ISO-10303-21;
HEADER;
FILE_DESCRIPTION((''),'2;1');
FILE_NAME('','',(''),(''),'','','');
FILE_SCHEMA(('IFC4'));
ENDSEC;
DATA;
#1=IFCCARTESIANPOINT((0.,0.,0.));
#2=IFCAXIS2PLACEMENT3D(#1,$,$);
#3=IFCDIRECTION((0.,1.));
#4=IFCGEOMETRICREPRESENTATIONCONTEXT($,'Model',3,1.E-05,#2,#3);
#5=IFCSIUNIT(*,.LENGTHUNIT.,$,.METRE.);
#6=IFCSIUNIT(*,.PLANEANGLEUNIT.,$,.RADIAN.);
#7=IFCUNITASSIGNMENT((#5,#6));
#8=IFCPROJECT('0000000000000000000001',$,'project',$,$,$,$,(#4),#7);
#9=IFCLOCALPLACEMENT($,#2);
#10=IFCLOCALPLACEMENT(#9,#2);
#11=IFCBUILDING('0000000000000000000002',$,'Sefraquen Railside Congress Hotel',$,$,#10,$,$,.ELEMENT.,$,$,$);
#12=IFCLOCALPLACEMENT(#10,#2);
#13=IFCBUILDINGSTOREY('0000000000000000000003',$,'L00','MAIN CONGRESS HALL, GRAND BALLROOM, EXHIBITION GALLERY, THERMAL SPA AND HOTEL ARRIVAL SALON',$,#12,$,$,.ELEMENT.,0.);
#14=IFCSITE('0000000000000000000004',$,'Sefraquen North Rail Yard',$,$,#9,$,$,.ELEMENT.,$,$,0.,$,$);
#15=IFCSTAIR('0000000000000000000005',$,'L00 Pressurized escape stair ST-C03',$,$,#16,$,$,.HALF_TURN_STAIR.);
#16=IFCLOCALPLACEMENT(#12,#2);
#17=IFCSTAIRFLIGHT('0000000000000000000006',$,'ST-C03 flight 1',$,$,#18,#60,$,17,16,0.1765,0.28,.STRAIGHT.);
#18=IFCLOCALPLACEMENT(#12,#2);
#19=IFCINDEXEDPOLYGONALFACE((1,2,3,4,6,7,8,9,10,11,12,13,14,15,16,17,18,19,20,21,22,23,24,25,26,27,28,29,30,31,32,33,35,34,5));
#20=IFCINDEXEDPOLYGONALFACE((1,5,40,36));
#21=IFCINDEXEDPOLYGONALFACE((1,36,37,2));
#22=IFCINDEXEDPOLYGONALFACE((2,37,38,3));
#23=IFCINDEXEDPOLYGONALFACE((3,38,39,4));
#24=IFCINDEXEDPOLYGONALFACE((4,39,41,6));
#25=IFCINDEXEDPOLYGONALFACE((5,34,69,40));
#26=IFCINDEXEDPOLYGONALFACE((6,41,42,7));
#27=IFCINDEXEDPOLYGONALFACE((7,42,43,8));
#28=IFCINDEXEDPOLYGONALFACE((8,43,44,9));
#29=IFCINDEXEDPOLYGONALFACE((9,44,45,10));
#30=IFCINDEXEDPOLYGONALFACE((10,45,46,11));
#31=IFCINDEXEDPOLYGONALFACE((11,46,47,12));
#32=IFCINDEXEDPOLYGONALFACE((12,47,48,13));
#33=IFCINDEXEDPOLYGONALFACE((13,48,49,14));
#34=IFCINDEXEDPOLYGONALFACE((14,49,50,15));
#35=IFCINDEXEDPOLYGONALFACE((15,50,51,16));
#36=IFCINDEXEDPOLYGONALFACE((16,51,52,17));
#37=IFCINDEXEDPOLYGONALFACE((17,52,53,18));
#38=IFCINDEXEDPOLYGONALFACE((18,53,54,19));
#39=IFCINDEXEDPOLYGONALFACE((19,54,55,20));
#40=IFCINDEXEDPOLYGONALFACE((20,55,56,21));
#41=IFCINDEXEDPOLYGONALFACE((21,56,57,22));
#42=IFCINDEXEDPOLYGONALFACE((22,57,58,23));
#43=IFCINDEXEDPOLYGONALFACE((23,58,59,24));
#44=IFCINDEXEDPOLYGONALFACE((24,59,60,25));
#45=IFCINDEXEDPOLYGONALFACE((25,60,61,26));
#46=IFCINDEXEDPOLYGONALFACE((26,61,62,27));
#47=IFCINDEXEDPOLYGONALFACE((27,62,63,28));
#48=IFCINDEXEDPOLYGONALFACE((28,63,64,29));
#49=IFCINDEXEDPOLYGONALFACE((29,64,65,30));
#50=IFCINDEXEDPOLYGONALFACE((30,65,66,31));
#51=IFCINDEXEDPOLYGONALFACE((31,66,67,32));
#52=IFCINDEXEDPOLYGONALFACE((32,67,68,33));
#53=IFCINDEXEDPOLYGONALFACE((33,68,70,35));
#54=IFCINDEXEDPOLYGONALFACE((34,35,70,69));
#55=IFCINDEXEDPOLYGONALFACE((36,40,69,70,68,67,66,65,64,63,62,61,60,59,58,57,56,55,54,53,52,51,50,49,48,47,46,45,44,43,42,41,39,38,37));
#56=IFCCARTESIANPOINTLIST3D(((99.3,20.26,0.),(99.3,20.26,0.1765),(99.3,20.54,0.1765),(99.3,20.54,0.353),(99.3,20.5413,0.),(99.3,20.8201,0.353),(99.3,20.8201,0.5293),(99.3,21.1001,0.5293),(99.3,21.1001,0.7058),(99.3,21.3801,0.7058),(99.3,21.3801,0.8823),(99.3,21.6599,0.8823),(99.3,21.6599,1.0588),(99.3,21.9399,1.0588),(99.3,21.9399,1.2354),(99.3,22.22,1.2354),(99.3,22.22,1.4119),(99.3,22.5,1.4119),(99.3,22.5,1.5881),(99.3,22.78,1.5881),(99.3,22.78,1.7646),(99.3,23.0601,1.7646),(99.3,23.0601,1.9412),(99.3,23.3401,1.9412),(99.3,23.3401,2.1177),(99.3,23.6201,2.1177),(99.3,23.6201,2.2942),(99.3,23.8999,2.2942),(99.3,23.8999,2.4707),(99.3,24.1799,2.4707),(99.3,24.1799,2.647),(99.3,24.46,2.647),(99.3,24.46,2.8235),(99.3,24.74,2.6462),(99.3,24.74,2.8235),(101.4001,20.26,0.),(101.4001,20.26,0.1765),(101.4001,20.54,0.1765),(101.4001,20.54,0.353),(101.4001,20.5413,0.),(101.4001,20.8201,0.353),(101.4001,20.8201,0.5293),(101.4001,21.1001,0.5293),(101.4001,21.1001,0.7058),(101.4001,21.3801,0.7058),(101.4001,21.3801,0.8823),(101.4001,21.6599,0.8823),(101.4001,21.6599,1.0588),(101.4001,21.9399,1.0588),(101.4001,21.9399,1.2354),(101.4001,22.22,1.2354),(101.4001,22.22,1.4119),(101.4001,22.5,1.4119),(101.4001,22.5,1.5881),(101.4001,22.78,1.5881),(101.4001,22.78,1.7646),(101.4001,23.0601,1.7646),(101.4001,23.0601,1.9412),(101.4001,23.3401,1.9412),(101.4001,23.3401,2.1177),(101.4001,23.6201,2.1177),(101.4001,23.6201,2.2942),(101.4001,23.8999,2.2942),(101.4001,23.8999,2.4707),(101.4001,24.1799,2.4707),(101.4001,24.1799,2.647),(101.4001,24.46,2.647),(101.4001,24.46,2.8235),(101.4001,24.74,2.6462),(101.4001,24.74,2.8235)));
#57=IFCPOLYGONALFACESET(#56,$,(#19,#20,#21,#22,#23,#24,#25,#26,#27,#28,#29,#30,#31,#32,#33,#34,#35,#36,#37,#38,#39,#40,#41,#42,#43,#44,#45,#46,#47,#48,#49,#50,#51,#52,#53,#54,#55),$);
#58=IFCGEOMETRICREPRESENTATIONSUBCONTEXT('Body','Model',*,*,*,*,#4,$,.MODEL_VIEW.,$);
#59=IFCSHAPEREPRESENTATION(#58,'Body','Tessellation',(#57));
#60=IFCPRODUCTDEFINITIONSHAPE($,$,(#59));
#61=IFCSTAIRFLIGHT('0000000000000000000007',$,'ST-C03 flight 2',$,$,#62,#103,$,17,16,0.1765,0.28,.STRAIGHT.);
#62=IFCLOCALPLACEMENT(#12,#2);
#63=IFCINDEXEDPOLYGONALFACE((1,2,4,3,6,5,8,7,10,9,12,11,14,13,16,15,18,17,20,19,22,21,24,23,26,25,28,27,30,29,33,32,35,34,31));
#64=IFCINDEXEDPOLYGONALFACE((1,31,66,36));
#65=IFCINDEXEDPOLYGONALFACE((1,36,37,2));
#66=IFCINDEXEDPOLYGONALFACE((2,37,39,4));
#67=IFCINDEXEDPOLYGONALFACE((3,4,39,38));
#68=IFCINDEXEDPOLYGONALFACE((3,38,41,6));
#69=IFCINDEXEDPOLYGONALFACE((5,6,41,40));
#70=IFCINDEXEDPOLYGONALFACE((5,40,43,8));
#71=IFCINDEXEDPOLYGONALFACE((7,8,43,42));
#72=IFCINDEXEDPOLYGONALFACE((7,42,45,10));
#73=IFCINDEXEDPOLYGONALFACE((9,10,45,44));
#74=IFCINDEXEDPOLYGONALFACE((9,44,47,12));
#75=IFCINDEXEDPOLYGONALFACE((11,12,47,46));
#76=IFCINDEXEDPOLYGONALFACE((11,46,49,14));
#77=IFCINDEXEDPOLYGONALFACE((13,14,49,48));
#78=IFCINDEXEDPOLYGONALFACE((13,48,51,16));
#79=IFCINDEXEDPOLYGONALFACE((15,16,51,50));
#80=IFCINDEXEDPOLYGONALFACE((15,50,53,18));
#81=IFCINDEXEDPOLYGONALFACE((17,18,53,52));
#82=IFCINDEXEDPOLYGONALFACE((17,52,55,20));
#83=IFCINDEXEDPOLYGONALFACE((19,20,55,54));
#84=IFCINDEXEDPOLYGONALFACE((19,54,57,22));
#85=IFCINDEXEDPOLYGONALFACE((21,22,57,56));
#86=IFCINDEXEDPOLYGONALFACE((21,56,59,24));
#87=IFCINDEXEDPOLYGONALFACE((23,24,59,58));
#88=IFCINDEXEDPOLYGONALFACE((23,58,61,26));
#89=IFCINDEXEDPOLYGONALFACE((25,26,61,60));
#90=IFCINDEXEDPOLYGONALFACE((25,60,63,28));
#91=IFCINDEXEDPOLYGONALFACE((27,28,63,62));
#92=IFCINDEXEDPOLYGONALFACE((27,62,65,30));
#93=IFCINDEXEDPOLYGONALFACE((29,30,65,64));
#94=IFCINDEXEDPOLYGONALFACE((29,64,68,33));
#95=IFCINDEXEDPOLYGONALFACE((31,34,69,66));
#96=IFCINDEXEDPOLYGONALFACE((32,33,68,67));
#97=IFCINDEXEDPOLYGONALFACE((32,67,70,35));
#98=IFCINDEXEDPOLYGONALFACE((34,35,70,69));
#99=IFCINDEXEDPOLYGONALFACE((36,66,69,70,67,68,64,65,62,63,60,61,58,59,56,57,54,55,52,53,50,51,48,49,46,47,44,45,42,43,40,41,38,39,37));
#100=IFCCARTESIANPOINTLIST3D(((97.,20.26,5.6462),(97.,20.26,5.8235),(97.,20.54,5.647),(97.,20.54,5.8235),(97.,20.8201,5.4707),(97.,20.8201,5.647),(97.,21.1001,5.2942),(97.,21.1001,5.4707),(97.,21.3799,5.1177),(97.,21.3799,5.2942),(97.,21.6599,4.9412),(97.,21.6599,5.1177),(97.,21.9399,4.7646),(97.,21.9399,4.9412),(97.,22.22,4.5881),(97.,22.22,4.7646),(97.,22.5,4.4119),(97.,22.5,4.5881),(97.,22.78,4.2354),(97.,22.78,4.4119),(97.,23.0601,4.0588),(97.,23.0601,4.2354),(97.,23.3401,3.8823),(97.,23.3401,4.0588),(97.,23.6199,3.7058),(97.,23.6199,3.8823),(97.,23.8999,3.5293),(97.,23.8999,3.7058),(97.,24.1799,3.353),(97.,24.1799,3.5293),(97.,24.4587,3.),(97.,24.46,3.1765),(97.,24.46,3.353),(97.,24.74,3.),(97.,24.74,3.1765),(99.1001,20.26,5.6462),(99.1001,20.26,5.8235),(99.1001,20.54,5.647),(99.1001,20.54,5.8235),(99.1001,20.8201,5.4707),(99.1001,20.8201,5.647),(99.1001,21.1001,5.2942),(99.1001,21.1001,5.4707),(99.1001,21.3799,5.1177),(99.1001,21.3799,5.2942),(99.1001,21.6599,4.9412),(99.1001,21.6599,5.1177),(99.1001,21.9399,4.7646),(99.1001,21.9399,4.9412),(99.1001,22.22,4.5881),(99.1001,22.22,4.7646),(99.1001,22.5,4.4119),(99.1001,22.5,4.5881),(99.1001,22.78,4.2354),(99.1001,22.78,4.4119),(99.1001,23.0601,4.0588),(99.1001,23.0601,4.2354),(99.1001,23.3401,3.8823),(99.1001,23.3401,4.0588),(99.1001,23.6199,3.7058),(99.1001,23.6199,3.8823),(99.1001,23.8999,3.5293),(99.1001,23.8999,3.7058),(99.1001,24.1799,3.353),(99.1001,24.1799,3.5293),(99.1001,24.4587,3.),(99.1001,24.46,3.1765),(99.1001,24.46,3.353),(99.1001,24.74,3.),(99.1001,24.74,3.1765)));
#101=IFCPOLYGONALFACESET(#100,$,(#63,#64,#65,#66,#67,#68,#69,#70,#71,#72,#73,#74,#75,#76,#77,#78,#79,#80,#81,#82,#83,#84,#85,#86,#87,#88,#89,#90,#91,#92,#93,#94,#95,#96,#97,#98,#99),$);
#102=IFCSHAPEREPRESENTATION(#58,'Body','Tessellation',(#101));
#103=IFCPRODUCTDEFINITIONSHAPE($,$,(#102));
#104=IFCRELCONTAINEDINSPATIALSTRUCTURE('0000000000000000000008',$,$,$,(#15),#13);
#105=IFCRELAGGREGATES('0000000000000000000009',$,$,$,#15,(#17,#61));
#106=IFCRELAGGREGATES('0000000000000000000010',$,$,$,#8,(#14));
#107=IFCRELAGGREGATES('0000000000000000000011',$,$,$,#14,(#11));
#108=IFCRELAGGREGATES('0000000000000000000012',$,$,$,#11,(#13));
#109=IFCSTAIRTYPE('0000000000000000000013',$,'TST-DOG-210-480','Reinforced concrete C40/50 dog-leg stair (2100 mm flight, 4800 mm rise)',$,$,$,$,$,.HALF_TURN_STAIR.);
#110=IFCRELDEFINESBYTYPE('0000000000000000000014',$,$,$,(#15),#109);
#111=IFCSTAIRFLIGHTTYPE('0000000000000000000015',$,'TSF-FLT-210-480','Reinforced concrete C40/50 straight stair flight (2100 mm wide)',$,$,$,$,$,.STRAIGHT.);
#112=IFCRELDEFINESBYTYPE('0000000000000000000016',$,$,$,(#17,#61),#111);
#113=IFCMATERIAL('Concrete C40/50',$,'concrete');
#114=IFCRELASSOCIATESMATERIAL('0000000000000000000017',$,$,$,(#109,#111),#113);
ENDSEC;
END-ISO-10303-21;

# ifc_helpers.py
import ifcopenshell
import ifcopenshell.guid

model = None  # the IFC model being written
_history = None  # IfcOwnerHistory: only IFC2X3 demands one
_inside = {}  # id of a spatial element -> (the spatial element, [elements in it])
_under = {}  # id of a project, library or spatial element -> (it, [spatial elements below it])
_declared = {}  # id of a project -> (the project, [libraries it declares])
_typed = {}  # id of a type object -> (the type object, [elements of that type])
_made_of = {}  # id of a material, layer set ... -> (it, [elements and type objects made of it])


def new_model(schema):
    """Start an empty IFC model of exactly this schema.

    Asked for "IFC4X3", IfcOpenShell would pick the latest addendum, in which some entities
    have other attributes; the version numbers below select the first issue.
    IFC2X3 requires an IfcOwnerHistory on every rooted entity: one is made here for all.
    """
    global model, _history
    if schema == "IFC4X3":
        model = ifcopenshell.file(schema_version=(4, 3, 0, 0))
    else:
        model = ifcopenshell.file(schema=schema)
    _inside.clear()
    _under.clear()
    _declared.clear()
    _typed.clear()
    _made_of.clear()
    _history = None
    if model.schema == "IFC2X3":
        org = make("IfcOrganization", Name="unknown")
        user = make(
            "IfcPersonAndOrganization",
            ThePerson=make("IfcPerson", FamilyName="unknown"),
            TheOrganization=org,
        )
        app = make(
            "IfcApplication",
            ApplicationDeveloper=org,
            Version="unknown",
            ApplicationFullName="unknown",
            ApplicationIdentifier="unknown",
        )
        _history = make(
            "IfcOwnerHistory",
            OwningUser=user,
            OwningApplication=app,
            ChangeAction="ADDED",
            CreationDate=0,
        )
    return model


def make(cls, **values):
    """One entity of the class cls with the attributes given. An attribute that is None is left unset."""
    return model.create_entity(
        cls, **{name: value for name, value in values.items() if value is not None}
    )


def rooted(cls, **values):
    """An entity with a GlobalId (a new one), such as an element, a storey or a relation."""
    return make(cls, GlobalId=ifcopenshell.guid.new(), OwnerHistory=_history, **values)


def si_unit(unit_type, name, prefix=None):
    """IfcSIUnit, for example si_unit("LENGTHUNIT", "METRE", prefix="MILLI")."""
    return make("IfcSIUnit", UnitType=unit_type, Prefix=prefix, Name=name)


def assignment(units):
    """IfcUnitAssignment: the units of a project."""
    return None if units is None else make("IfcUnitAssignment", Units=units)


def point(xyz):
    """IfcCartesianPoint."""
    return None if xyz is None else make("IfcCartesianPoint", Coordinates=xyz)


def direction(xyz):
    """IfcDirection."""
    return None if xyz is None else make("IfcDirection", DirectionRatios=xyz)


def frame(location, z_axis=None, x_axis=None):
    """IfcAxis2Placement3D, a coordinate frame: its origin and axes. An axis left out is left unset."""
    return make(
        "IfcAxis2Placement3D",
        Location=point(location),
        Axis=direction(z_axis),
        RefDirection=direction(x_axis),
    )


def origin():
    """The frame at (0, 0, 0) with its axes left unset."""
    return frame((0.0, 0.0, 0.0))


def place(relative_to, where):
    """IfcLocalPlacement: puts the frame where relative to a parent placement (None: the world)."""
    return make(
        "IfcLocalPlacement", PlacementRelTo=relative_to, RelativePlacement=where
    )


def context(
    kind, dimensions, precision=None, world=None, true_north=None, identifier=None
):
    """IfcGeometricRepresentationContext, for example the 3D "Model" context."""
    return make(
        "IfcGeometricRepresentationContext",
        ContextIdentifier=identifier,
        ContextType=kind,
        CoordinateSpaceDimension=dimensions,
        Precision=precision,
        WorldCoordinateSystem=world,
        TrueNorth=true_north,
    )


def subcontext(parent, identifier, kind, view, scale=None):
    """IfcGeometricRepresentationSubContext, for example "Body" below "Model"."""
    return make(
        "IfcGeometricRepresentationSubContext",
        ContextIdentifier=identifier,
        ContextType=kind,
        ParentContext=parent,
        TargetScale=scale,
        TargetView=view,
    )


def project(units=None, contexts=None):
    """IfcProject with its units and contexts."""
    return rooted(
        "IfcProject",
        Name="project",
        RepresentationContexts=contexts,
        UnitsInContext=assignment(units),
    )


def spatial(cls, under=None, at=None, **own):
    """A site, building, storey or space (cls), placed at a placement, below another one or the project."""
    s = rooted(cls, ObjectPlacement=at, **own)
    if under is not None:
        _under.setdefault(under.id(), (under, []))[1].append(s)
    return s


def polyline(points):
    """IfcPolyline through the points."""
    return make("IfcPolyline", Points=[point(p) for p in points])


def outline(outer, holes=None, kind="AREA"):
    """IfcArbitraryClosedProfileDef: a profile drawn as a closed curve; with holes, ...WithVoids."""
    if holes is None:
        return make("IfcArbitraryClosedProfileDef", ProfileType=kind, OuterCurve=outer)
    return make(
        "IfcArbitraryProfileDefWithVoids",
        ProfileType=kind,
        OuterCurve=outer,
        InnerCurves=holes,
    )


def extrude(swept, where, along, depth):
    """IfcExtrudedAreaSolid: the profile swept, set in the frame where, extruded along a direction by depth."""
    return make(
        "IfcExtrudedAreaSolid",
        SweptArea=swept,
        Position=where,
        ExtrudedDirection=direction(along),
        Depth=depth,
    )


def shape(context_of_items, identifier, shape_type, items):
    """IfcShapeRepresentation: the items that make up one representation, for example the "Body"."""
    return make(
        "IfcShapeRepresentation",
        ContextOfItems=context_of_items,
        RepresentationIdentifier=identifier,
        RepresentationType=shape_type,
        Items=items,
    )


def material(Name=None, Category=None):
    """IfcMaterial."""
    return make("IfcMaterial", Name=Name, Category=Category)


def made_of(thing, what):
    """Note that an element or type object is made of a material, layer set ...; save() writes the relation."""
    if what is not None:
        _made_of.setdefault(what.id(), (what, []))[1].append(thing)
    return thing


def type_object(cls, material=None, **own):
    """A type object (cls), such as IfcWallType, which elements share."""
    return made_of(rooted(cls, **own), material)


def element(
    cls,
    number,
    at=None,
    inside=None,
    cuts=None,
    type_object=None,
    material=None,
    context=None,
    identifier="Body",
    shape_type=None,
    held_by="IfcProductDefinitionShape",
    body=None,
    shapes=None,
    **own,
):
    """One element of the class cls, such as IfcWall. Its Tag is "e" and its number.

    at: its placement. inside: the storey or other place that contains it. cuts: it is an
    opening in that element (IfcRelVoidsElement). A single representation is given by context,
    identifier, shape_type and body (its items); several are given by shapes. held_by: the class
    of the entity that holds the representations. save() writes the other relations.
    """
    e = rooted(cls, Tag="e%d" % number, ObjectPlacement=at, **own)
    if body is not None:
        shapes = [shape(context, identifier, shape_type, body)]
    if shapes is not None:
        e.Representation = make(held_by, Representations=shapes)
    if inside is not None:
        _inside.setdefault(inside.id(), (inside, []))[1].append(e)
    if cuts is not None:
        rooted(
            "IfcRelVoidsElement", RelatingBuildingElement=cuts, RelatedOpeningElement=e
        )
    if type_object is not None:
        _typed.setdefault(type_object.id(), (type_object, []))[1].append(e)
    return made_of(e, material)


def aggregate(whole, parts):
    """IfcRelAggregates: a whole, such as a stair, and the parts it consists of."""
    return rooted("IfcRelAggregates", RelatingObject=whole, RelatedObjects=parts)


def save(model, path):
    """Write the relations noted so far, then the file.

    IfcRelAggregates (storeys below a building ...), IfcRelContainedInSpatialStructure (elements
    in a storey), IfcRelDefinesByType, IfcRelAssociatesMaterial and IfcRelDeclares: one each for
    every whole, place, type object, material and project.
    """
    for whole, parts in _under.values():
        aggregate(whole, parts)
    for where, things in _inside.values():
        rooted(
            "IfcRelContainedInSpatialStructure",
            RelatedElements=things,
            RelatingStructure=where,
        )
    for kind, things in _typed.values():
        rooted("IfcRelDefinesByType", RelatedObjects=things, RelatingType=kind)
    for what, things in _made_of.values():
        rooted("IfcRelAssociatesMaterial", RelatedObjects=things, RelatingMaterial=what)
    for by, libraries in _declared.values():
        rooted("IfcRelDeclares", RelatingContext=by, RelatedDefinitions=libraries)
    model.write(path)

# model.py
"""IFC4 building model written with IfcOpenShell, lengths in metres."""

from ifc_helpers import new_model, si_unit, direction, frame, origin, place, context, subcontext, project, spatial, polyline, outline, extrude, material, type_object, element, aggregate, save


model = new_model("IFC4")

# Units and contexts
model_context = context("Model", 3, precision=1e-05, world=origin(), true_north=direction((0.0, 1.0)))
body_context = subcontext(model_context, "Body", "Model", "MODEL_VIEW")
ifc_project = project(units=[si_unit("LENGTHUNIT", "METRE"), si_unit("PLANEANGLEUNIT", "RADIAN")], contexts=[model_context])

# Site, building, storey
site_placement = place(None, origin())
site = spatial("IfcSite", under=ifc_project, at=site_placement, Name="Sefraquen North Rail Yard", CompositionType="ELEMENT", RefElevation=0.0)
building_placement = place(site_placement, origin())
building = spatial("IfcBuilding", under=site, at=building_placement, Name="Sefraquen Railside Congress Hotel", CompositionType="ELEMENT")
storey_placement = place(building_placement, origin())
storey = spatial("IfcBuildingStorey", under=building, at=storey_placement, Name="L00", Description="MAIN CONGRESS HALL, GRAND BALLROOM, EXHIBITION GALLERY, THERMAL SPA AND HOTEL ARRIVAL SALON", CompositionType="ELEMENT", Elevation=0.0)

# Shared definitions
ifc_material_1 = material(Name="Concrete C40/50", Category="concrete")

# Stair, stair flights
stair_type = type_object("IfcStairType", Name="TST-DOG-210-480", Description="Reinforced concrete C40/50 dog-leg stair (2100 mm flight, 4800 mm rise)", PredefinedType="HALF_TURN_STAIR", material=ifc_material_1)
stair_placement = place(storey_placement, origin())
stair = element("IfcStair", 1, at=stair_placement, inside=storey, type_object=stair_type, Name="L00 Pressurized escape stair ST-C03", PredefinedType="HALF_TURN_STAIR")
stair_flight_type = type_object("IfcStairFlightType", Name="TSF-FLT-210-480", Description="Reinforced concrete C40/50 straight stair flight (2100 mm wide)", PredefinedType="STRAIGHT", material=ifc_material_1)
stair_flight_1_placement = place(storey_placement, frame((100.3501, 20.26, 0.0), z_axis=(0.0, 0.0, 1.0), x_axis=(0.0, 1.0, 0.0)))
stair_flight_1 = element("IfcStairFlight", 2, at=stair_flight_1_placement, type_object=stair_flight_type, Name="ST-C03 flight 1", NumberOfRisers=17, NumberOfTreads=16, PredefinedType="STRAIGHT", RiserHeight=0.1765, TreadLength=0.28, context=body_context, shape_type="SweptSolid", body=[
    extrude(outline(polyline([(0.0, 0.0), (0.0, 0.1765), (0.28, 0.1765), (0.28, 0.353), (0.5601, 0.353), (0.5601, 0.5293), (0.8401, 0.5293), (0.8401, 0.7058), (1.1201, 0.7058), (1.1201, 0.8823), (1.3999, 0.8823), (1.3999, 1.0588), (1.6799, 1.0588), (1.6799, 1.2354), (1.96, 1.2354), (1.96, 1.4119), (2.24, 1.4119), (2.24, 1.5881), (2.52, 1.5881), (2.52, 1.7646), (2.8, 1.7646), (2.8, 1.9412), (3.0801, 1.9412), (3.0801, 2.1177), (3.3601, 2.1177), (3.3601, 2.2942), (3.6399, 2.2942), (3.6399, 2.4707), (3.9199, 2.4707), (3.9199, 2.647), (4.2, 2.647), (4.2, 2.8235), (4.48, 2.8235), (4.48, 3.0), (4.48, 2.6462), (0.2812, 0.0), (0.0, 0.0)])), frame((0.0, 1.05, 0.0), z_axis=(0.0, -1.0, 0.0), x_axis=(1.0, 0.0, 0.0)), (0.0, 0.0, 1.0), 2.1001),
])
stair_flight_2_placement = place(storey_placement, frame((98.05, 24.74, 3.0), z_axis=(0.0, 0.0, 1.0), x_axis=(0.0, -1.0, 0.0)))
stair_flight_2 = element("IfcStairFlight", 3, at=stair_flight_2_placement, type_object=stair_flight_type, Name="ST-C03 flight 2", NumberOfRisers=17, NumberOfTreads=16, PredefinedType="STRAIGHT", RiserHeight=0.1765, TreadLength=0.28, context=body_context, shape_type="SweptSolid", body=[
    extrude(outline(polyline([(0.0, 0.0), (0.0, 0.1765), (0.28, 0.1765), (0.28, 0.353), (0.5601, 0.353), (0.5601, 0.5293), (0.8401, 0.5293), (0.8401, 0.7058), (1.1201, 0.7058), (1.1201, 0.8823), (1.3999, 0.8823), (1.3999, 1.0588), (1.6799, 1.0588), (1.6799, 1.2354), (1.96, 1.2354), (1.96, 1.4119), (2.24, 1.4119), (2.24, 1.5881), (2.52, 1.5881), (2.52, 1.7646), (2.8, 1.7646), (2.8, 1.9412), (3.0801, 1.9412), (3.0801, 2.1177), (3.3601, 2.1177), (3.3601, 2.2942), (3.6399, 2.2942), (3.6399, 2.4707), (3.9199, 2.4707), (3.9199, 2.647), (4.2, 2.647), (4.2, 2.8235), (4.48, 2.8235), (4.48, 3.0), (4.48, 2.6462), (0.2812, 0.0), (0.0, 0.0)])), frame((0.0, 1.05, 0.0), z_axis=(0.0, -1.0, 0.0), x_axis=(1.0, 0.0, 0.0)), (0.0, 0.0, 1.0), 2.1001),
])
aggregate(stair, [stair_flight_1, stair_flight_2])

save(model, "model.ifc")
